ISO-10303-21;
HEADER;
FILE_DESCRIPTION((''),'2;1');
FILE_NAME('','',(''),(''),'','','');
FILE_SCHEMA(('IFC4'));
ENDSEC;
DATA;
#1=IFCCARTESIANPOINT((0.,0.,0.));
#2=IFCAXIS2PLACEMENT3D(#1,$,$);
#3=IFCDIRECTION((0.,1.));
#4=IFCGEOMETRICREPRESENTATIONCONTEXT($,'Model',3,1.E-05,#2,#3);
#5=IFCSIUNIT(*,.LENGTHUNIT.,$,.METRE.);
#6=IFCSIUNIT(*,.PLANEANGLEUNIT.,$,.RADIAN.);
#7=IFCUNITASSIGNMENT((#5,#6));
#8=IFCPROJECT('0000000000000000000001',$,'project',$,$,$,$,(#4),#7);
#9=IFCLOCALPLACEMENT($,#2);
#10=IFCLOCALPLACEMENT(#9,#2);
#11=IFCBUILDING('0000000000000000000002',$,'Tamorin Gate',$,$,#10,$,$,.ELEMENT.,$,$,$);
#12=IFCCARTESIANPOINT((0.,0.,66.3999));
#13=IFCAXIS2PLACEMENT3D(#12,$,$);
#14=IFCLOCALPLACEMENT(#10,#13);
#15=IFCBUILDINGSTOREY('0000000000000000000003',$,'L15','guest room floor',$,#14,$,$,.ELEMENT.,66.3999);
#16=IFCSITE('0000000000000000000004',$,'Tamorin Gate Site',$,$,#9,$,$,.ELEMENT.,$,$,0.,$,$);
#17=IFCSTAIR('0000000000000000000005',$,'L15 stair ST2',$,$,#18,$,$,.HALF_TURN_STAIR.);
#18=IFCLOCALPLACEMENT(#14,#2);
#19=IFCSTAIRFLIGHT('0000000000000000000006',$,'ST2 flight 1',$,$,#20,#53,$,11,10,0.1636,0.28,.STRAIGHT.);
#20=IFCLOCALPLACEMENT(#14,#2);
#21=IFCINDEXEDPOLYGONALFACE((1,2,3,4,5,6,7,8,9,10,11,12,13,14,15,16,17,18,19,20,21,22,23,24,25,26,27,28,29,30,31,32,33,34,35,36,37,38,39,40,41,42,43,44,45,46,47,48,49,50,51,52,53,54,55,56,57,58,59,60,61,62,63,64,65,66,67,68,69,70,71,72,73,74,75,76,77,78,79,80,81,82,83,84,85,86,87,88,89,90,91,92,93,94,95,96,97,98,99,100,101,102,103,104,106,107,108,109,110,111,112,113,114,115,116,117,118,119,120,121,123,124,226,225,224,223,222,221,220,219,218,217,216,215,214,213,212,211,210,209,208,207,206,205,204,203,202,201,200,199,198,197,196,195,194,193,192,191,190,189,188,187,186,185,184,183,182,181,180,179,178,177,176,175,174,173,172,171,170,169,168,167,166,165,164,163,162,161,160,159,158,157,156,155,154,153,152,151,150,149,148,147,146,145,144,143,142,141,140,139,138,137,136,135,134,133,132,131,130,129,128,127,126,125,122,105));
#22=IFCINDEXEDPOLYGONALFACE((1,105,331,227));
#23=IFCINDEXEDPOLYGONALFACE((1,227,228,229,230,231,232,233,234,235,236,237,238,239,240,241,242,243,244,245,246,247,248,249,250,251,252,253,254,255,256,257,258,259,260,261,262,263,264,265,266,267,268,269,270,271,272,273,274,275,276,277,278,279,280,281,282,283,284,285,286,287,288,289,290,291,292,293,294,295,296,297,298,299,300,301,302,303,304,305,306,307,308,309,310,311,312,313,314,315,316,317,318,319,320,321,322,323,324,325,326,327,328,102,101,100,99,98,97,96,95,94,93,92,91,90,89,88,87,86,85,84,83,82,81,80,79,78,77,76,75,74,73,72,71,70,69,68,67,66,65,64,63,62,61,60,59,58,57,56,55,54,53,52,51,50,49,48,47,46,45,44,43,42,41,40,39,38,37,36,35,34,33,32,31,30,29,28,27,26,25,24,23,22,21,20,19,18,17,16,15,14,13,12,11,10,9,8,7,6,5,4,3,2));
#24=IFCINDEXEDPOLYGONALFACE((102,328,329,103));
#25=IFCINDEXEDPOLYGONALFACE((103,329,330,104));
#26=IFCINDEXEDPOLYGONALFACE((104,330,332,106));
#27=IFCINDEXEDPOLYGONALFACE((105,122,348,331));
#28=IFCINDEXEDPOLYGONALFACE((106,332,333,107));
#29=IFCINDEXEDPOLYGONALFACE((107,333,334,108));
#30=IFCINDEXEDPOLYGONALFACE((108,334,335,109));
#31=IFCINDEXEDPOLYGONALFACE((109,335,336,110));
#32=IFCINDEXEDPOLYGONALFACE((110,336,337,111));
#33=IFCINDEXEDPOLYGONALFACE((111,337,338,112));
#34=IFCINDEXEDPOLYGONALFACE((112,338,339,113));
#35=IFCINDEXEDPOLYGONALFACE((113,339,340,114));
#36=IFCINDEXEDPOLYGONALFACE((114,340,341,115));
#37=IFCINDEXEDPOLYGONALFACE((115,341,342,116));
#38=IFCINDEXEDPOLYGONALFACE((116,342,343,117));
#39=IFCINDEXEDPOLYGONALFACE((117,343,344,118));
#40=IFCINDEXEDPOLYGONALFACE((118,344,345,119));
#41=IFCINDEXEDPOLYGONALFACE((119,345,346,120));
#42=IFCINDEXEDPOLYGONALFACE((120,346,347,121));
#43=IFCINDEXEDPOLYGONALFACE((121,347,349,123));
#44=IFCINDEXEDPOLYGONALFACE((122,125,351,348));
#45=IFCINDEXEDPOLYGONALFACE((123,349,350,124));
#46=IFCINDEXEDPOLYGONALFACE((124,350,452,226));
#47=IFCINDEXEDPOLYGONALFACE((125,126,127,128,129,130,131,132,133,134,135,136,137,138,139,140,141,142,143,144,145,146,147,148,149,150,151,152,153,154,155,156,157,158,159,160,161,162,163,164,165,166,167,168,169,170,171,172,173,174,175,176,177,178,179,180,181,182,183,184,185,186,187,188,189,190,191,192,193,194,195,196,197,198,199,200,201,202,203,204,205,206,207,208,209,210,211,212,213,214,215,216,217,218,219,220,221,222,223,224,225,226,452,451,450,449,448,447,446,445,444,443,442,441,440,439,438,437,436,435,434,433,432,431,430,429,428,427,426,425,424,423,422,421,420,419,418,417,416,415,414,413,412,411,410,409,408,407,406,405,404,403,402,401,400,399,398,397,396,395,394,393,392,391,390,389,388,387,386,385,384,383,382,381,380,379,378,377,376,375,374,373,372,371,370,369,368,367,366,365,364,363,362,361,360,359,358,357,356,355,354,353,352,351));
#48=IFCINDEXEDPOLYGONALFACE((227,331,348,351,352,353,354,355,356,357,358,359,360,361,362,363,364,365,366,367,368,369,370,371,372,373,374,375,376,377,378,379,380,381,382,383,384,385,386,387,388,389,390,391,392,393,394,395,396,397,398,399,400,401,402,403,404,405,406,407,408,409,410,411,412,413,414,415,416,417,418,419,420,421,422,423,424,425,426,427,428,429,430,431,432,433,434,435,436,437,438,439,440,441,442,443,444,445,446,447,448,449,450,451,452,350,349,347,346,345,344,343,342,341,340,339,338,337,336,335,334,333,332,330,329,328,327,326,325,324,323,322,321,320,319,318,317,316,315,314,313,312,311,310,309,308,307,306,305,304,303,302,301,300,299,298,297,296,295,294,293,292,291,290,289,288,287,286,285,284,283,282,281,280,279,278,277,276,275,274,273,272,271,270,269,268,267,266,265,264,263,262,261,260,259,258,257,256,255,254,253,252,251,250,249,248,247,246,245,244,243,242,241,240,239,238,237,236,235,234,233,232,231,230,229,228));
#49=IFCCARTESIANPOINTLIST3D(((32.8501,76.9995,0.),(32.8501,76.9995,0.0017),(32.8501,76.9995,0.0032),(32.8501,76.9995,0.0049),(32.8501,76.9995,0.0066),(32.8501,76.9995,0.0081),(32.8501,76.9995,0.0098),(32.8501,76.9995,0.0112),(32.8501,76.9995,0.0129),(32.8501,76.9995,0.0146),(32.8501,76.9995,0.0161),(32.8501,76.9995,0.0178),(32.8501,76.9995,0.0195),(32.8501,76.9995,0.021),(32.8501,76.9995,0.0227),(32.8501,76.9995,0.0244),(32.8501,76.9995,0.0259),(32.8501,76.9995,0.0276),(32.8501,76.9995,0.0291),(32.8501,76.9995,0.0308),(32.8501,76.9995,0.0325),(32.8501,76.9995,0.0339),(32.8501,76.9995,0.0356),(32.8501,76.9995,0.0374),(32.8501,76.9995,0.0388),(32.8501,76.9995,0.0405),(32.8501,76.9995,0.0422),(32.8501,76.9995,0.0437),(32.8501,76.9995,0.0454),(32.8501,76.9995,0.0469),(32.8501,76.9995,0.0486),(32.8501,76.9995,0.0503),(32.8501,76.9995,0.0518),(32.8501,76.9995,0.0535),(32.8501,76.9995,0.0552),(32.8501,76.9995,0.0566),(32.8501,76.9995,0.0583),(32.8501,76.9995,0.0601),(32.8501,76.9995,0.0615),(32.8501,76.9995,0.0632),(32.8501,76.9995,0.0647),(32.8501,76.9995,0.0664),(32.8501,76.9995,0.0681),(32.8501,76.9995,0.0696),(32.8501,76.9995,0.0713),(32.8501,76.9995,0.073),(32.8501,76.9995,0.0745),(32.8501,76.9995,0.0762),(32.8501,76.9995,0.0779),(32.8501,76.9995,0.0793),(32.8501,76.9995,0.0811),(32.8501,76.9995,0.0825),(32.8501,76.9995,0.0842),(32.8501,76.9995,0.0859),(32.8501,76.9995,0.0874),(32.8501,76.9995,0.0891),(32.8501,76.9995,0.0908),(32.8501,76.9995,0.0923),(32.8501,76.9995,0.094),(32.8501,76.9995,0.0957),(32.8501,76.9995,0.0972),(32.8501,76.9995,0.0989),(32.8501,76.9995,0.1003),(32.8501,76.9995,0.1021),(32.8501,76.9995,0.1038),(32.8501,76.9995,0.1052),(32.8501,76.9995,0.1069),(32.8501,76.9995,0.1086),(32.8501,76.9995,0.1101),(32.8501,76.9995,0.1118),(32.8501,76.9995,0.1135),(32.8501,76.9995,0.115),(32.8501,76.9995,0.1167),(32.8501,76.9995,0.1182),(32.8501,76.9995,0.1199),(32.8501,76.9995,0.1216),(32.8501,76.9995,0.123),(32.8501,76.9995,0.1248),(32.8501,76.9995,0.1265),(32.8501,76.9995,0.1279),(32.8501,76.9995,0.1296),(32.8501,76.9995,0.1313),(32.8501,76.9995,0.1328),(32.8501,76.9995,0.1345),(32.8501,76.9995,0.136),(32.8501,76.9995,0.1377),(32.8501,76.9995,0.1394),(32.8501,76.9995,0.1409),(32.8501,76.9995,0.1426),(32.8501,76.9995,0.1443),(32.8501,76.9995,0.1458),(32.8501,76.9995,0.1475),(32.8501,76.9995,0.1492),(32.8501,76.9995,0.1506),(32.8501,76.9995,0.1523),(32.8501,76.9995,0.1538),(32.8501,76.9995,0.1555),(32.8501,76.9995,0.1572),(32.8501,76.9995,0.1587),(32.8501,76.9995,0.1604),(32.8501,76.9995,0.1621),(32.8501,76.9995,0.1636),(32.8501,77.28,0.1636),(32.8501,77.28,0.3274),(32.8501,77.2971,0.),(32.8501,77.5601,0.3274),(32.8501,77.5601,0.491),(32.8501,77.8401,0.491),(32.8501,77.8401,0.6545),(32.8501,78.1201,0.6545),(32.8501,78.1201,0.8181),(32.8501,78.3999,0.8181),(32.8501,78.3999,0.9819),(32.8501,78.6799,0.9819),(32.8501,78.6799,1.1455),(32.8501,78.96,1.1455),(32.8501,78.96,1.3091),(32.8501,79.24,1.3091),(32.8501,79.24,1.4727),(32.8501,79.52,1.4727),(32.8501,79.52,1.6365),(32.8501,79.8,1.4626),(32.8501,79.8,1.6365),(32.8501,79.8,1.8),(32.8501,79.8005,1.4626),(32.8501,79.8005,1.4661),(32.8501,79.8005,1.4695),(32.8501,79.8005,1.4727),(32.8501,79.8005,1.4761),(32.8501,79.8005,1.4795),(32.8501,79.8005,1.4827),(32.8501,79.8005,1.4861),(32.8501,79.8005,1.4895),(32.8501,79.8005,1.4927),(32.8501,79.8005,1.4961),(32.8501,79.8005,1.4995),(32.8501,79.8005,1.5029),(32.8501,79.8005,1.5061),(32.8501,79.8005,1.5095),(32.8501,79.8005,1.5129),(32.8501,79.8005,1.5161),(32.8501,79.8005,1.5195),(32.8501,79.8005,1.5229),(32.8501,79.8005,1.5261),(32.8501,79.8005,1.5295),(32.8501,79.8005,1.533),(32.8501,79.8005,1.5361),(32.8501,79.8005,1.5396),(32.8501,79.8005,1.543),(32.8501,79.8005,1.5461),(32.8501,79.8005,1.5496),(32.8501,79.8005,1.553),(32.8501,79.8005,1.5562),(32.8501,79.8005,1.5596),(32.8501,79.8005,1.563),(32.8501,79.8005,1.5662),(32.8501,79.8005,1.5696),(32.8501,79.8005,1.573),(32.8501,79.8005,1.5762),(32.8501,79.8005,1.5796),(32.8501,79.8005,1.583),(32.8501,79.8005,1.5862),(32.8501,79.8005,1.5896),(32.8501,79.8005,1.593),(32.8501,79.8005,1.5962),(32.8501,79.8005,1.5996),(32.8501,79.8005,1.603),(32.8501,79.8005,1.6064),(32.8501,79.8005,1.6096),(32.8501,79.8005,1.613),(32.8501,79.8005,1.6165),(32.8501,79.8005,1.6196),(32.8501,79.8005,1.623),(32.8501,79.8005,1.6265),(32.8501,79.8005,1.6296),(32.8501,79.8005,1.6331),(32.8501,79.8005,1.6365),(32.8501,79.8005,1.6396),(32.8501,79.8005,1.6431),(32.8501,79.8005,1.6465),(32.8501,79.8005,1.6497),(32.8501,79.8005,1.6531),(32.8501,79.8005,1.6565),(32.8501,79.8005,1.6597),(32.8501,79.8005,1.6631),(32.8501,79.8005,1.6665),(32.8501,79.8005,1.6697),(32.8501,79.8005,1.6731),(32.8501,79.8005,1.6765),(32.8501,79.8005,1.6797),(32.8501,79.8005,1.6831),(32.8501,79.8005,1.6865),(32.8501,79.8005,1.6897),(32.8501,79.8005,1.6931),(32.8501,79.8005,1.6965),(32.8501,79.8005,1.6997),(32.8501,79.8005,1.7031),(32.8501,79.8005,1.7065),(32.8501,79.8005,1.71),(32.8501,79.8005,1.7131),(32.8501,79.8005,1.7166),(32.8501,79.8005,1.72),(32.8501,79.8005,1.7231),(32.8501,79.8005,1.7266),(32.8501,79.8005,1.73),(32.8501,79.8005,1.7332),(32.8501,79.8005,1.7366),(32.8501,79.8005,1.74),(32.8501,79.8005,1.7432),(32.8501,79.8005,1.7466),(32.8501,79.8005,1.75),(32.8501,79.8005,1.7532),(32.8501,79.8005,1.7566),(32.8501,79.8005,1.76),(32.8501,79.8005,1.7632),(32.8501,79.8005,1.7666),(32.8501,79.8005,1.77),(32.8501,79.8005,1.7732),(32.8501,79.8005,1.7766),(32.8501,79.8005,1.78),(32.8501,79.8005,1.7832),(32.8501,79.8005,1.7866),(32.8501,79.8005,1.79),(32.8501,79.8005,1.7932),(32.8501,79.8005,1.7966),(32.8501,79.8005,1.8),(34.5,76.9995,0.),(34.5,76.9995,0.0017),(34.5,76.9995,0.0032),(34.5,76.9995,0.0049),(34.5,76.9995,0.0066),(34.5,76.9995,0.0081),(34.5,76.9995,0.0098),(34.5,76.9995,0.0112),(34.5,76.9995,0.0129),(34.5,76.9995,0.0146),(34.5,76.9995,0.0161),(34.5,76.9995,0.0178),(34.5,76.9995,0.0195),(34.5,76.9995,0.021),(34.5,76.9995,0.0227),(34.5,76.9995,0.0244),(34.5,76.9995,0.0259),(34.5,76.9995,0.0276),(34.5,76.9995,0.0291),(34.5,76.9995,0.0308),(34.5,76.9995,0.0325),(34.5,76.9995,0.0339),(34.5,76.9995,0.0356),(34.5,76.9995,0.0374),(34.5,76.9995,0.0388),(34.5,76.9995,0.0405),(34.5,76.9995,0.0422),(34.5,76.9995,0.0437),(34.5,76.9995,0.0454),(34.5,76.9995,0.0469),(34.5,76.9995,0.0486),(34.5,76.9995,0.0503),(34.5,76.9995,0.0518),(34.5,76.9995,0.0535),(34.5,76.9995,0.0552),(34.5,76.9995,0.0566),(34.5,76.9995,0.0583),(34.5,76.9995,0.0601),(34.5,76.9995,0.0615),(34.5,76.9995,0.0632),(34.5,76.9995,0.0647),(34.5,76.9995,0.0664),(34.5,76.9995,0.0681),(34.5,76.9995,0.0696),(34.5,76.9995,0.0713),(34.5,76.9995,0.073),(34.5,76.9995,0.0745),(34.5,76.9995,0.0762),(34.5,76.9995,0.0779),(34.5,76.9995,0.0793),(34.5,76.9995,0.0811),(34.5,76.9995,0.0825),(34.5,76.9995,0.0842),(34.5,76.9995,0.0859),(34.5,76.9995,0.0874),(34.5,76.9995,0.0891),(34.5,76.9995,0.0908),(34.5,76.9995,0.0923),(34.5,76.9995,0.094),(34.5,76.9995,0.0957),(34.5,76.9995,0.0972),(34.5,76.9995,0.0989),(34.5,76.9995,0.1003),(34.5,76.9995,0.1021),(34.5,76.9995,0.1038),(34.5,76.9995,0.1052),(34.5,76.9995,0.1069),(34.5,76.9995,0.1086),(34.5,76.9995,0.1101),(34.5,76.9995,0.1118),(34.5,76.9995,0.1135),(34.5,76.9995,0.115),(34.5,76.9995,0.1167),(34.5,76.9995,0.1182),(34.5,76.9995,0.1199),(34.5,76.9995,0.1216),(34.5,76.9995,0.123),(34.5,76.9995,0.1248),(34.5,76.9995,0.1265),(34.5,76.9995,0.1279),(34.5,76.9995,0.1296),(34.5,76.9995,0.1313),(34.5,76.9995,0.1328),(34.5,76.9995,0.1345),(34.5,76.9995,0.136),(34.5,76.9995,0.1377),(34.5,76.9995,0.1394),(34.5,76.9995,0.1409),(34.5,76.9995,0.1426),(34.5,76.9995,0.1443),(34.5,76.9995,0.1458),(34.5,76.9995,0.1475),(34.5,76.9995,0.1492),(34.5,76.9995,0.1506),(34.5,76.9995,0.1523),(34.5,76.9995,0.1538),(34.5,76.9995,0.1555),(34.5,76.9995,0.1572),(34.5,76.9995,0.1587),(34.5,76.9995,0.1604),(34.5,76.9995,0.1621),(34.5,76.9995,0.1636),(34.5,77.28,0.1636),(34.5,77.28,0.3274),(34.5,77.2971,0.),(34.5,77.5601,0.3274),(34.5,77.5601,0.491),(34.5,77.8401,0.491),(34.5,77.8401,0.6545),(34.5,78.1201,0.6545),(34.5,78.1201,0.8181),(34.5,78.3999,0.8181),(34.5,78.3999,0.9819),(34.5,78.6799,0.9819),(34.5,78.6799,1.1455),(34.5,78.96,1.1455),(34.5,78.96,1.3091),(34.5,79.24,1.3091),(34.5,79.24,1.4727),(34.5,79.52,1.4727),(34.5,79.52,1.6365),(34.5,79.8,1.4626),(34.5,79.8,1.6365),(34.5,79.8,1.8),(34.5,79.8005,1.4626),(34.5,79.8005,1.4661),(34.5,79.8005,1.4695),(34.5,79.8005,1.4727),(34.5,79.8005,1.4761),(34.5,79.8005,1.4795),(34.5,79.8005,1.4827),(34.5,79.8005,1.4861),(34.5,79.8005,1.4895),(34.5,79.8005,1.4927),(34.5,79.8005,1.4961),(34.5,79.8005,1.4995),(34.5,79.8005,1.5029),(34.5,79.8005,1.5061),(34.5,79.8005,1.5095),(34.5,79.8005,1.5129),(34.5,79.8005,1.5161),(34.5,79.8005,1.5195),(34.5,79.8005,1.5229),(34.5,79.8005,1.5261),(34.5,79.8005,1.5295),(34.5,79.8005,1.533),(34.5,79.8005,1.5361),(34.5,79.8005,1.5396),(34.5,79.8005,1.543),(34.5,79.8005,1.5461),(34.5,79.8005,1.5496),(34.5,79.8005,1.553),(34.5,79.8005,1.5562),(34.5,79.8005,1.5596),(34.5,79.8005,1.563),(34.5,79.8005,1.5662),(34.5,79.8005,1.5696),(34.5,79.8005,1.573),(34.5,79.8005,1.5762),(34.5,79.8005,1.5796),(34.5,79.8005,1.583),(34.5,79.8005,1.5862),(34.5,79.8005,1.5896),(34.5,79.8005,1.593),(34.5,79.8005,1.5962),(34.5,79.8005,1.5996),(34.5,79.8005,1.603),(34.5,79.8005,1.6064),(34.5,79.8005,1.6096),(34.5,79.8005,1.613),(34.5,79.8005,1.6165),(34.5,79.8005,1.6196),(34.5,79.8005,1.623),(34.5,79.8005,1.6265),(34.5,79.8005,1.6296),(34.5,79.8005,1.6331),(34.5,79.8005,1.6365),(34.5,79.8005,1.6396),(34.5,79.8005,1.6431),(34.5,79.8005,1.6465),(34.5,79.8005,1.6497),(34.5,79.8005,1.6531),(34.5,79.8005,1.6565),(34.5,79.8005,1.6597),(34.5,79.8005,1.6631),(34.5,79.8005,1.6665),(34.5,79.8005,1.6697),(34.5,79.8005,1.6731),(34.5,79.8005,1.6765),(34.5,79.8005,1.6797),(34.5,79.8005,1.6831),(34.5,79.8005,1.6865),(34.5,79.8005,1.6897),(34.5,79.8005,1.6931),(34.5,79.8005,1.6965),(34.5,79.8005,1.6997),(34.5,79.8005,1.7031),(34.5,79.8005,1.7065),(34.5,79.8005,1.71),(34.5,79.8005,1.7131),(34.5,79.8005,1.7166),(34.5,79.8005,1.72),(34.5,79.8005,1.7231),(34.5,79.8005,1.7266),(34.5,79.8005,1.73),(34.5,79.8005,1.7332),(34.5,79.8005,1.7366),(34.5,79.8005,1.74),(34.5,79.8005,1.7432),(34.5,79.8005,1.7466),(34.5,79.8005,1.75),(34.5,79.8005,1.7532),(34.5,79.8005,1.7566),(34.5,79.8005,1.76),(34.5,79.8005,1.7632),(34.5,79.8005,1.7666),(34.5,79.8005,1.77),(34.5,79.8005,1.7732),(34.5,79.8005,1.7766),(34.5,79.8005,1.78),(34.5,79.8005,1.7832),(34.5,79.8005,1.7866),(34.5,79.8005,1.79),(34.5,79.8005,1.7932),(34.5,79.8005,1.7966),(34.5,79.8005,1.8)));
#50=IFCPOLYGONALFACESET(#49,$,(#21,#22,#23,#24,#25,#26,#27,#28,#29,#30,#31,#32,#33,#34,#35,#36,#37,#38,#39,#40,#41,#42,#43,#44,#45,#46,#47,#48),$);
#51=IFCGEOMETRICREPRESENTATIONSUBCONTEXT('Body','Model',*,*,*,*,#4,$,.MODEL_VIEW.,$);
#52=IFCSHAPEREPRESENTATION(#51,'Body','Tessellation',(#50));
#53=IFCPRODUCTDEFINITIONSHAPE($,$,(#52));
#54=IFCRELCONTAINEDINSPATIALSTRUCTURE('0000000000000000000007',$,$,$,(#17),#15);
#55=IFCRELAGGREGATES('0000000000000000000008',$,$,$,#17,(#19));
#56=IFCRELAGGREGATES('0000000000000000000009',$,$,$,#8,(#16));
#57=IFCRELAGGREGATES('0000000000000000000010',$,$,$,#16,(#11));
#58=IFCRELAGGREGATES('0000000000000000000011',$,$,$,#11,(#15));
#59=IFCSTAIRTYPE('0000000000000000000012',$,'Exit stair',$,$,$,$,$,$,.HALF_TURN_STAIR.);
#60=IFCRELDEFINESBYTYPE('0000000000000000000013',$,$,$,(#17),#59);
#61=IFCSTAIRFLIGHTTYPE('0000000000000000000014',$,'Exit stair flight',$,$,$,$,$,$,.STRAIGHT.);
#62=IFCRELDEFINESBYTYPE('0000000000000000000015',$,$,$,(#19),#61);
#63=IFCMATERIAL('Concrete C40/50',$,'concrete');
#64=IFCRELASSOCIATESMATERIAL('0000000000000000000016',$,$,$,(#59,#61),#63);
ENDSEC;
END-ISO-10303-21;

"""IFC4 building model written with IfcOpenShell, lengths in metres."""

from ifc_helpers import new_model, si_unit, direction, frame, origin, place, context, subcontext, project, spatial, polyline, outline, extrude, material, type_object, element, aggregate, save


model = new_model("IFC4")

# Units and contexts
model_context = context("Model", 3, precision=1e-05, world=origin(), true_north=direction((0.0, 1.0)))
body_context = subcontext(model_context, "Body", "Model", "MODEL_VIEW")
ifc_project = project(units=[si_unit("LENGTHUNIT", "METRE"), si_unit("PLANEANGLEUNIT", "RADIAN")], contexts=[model_context])

# Site, building, storey
site_placement = place(None, origin())
site = spatial("IfcSite", under=ifc_project, at=site_placement, Name="Tamorin Gate Site", CompositionType="ELEMENT", RefElevation=0.0)
building_placement = place(site_placement, origin())
building = spatial("IfcBuilding", under=site, at=building_placement, Name="Tamorin Gate", CompositionType="ELEMENT")
storey_placement = place(building_placement, frame((0.0, 0.0, 66.3999)))
storey = spatial("IfcBuildingStorey", under=building, at=storey_placement, Name="L15", Description="guest room floor", CompositionType="ELEMENT", Elevation=66.3999)

# Shared definitions
ifc_material_1 = material(Name="Concrete C40/50", Category="concrete")

# Stair, stair flight
stair_type = type_object("IfcStairType", Name="Exit stair", PredefinedType="HALF_TURN_STAIR", material=ifc_material_1)
stair_placement = place(storey_placement, origin())
stair = element("IfcStair", 1, at=stair_placement, inside=storey, type_object=stair_type, Name="L15 stair ST2", PredefinedType="HALF_TURN_STAIR")
stair_flight_type = type_object("IfcStairFlightType", Name="Exit stair flight", PredefinedType="STRAIGHT", material=ifc_material_1)
stair_flight_1_placement = place(storey_placement, frame((33.675, 77.0, 0.0), z_axis=(0.0, 0.0, 1.0), x_axis=(0.0, 1.0, 0.0)))
stair_flight_1 = element("IfcStairFlight", 2, at=stair_flight_1_placement, type_object=stair_flight_type, Name="ST2 flight 1", NumberOfRisers=11, NumberOfTreads=10, PredefinedType="STRAIGHT", RiserHeight=0.1636, TreadLength=0.28, context=body_context, shape_type="SweptSolid", body=[
    extrude(outline(polyline([(-0.0005, 0.0), (-0.0005, 0.0017), (-0.0005, 0.0032), (-0.0005, 0.0049), (-0.0005, 0.0066), (-0.0005, 0.0081), (-0.0005, 0.0098), (-0.0005, 0.0112), (-0.0005, 0.0129), (-0.0005, 0.0146), (-0.0005, 0.0161), (-0.0005, 0.0178), (-0.0005, 0.0195), (-0.0005, 0.021), (-0.0005, 0.0227), (-0.0005, 0.0244), (-0.0005, 0.0259), (-0.0005, 0.0276), (-0.0005, 0.0291), (-0.0005, 0.0308), (-0.0005, 0.0325), (-0.0005, 0.0339), (-0.0005, 0.0356), (-0.0005, 0.0374), (-0.0005, 0.0388), (-0.0005, 0.0405), (-0.0005, 0.0422), (-0.0005, 0.0437), (-0.0005, 0.0454), (-0.0005, 0.0469), (-0.0005, 0.0486), (-0.0005, 0.0503), (-0.0005, 0.0518), (-0.0005, 0.0535), (-0.0005, 0.0552), (-0.0005, 0.0566), (-0.0005, 0.0583), (-0.0005, 0.0601), (-0.0005, 0.0615), (-0.0005, 0.0632), (-0.0005, 0.0647), (-0.0005, 0.0664), (-0.0005, 0.0681), (-0.0005, 0.0696), (-0.0005, 0.0713), (-0.0005, 0.073), (-0.0005, 0.0745), (-0.0005, 0.0762), (-0.0005, 0.0779), (-0.0005, 0.0793), (-0.0005, 0.0811), (-0.0005, 0.0825), (-0.0005, 0.0842), (-0.0005, 0.0859), (-0.0005, 0.0874), (-0.0005, 0.0891), (-0.0005, 0.0908), (-0.0005, 0.0923), (-0.0005, 0.094), (-0.0005, 0.0957), (-0.0005, 0.0972), (-0.0005, 0.0989), (-0.0005, 0.1003), (-0.0005, 0.1021), (-0.0005, 0.1038), (-0.0005, 0.1052), (-0.0005, 0.1069), (-0.0005, 0.1086), (-0.0005, 0.1101), (-0.0005, 0.1118), (-0.0005, 0.1135), (-0.0005, 0.115), (-0.0005, 0.1167), (-0.0005, 0.1182), (-0.0005, 0.1199), (-0.0005, 0.1216), (-0.0005, 0.123), (-0.0005, 0.1248), (-0.0005, 0.1265), (-0.0005, 0.1279), (-0.0005, 0.1296), (-0.0005, 0.1313), (-0.0005, 0.1328), (-0.0005, 0.1345), (-0.0005, 0.136), (-0.0005, 0.1377), (-0.0005, 0.1394), (-0.0005, 0.1409), (-0.0005, 0.1426), (-0.0005, 0.1443), (-0.0005, 0.1458), (-0.0005, 0.1475), (-0.0005, 0.1492), (-0.0005, 0.1506), (-0.0005, 0.1523), (-0.0005, 0.1538), (-0.0005, 0.1555), (-0.0005, 0.1572), (-0.0005, 0.1587), (-0.0005, 0.1604), (-0.0005, 0.1621), (-0.0005, 0.1636), (0.28, 0.1636), (0.28, 0.3274), (0.5601, 0.3274), (0.5601, 0.491), (0.8401, 0.491), (0.8401, 0.6545), (1.1201, 0.6545), (1.1201, 0.8181), (1.3999, 0.8181), (1.3999, 0.9819), (1.6799, 0.9819), (1.6799, 1.1455), (1.96, 1.1455), (1.96, 1.3091), (2.24, 1.3091), (2.24, 1.4727), (2.52, 1.4727), (2.52, 1.6365), (2.8, 1.6365), (2.8, 1.8), (2.8005, 1.8), (2.8005, 1.7966), (2.8005, 1.7932), (2.8005, 1.79), (2.8005, 1.7866), (2.8005, 1.7832), (2.8005, 1.78), (2.8005, 1.7766), (2.8005, 1.7732), (2.8005, 1.77), (2.8005, 1.7666), (2.8005, 1.7632), (2.8005, 1.76), (2.8005, 1.7566), (2.8005, 1.7532), (2.8005, 1.75), (2.8005, 1.7466), (2.8005, 1.7432), (2.8005, 1.74), (2.8005, 1.7366), (2.8005, 1.7332), (2.8005, 1.73), (2.8005, 1.7266), (2.8005, 1.7231), (2.8005, 1.72), (2.8005, 1.7166), (2.8005, 1.7131), (2.8005, 1.71), (2.8005, 1.7065), (2.8005, 1.7031), (2.8005, 1.6997), (2.8005, 1.6965), (2.8005, 1.6931), (2.8005, 1.6897), (2.8005, 1.6865), (2.8005, 1.6831), (2.8005, 1.6797), (2.8005, 1.6765), (2.8005, 1.6731), (2.8005, 1.6697), (2.8005, 1.6665), (2.8005, 1.6631), (2.8005, 1.6597), (2.8005, 1.6565), (2.8005, 1.6531), (2.8005, 1.6497), (2.8005, 1.6465), (2.8005, 1.6431), (2.8005, 1.6396), (2.8005, 1.6365), (2.8005, 1.6331), (2.8005, 1.6296), (2.8005, 1.6265), (2.8005, 1.623), (2.8005, 1.6196), (2.8005, 1.6165), (2.8005, 1.613), (2.8005, 1.6096), (2.8005, 1.6064), (2.8005, 1.603), (2.8005, 1.5996), (2.8005, 1.5962), (2.8005, 1.593), (2.8005, 1.5896), (2.8005, 1.5862), (2.8005, 1.583), (2.8005, 1.5796), (2.8005, 1.5762), (2.8005, 1.573), (2.8005, 1.5696), (2.8005, 1.5662), (2.8005, 1.563), (2.8005, 1.5596), (2.8005, 1.5562), (2.8005, 1.553), (2.8005, 1.5496), (2.8005, 1.5461), (2.8005, 1.543), (2.8005, 1.5396), (2.8005, 1.5361), (2.8005, 1.533), (2.8005, 1.5295), (2.8005, 1.5261), (2.8005, 1.5229), (2.8005, 1.5195), (2.8005, 1.5161), (2.8005, 1.5129), (2.8005, 1.5095), (2.8005, 1.5061), (2.8005, 1.5029), (2.8005, 1.4995), (2.8005, 1.4961), (2.8005, 1.4927), (2.8005, 1.4895), (2.8005, 1.4861), (2.8005, 1.4827), (2.8005, 1.4795), (2.8005, 1.4761), (2.8005, 1.4727), (2.8005, 1.4695), (2.8005, 1.4661), (2.8005, 1.4626), (2.8, 1.4626), (0.2971, 0.0), (-0.0005, 0.0)])), frame((0.0, 0.825, 0.0), z_axis=(0.0, -1.0, 0.0), x_axis=(1.0, 0.0, 0.0)), (0.0, 0.0, 1.0), 1.6499),
])
aggregate(stair, [stair_flight_1])

save(model, "model.ifc")
